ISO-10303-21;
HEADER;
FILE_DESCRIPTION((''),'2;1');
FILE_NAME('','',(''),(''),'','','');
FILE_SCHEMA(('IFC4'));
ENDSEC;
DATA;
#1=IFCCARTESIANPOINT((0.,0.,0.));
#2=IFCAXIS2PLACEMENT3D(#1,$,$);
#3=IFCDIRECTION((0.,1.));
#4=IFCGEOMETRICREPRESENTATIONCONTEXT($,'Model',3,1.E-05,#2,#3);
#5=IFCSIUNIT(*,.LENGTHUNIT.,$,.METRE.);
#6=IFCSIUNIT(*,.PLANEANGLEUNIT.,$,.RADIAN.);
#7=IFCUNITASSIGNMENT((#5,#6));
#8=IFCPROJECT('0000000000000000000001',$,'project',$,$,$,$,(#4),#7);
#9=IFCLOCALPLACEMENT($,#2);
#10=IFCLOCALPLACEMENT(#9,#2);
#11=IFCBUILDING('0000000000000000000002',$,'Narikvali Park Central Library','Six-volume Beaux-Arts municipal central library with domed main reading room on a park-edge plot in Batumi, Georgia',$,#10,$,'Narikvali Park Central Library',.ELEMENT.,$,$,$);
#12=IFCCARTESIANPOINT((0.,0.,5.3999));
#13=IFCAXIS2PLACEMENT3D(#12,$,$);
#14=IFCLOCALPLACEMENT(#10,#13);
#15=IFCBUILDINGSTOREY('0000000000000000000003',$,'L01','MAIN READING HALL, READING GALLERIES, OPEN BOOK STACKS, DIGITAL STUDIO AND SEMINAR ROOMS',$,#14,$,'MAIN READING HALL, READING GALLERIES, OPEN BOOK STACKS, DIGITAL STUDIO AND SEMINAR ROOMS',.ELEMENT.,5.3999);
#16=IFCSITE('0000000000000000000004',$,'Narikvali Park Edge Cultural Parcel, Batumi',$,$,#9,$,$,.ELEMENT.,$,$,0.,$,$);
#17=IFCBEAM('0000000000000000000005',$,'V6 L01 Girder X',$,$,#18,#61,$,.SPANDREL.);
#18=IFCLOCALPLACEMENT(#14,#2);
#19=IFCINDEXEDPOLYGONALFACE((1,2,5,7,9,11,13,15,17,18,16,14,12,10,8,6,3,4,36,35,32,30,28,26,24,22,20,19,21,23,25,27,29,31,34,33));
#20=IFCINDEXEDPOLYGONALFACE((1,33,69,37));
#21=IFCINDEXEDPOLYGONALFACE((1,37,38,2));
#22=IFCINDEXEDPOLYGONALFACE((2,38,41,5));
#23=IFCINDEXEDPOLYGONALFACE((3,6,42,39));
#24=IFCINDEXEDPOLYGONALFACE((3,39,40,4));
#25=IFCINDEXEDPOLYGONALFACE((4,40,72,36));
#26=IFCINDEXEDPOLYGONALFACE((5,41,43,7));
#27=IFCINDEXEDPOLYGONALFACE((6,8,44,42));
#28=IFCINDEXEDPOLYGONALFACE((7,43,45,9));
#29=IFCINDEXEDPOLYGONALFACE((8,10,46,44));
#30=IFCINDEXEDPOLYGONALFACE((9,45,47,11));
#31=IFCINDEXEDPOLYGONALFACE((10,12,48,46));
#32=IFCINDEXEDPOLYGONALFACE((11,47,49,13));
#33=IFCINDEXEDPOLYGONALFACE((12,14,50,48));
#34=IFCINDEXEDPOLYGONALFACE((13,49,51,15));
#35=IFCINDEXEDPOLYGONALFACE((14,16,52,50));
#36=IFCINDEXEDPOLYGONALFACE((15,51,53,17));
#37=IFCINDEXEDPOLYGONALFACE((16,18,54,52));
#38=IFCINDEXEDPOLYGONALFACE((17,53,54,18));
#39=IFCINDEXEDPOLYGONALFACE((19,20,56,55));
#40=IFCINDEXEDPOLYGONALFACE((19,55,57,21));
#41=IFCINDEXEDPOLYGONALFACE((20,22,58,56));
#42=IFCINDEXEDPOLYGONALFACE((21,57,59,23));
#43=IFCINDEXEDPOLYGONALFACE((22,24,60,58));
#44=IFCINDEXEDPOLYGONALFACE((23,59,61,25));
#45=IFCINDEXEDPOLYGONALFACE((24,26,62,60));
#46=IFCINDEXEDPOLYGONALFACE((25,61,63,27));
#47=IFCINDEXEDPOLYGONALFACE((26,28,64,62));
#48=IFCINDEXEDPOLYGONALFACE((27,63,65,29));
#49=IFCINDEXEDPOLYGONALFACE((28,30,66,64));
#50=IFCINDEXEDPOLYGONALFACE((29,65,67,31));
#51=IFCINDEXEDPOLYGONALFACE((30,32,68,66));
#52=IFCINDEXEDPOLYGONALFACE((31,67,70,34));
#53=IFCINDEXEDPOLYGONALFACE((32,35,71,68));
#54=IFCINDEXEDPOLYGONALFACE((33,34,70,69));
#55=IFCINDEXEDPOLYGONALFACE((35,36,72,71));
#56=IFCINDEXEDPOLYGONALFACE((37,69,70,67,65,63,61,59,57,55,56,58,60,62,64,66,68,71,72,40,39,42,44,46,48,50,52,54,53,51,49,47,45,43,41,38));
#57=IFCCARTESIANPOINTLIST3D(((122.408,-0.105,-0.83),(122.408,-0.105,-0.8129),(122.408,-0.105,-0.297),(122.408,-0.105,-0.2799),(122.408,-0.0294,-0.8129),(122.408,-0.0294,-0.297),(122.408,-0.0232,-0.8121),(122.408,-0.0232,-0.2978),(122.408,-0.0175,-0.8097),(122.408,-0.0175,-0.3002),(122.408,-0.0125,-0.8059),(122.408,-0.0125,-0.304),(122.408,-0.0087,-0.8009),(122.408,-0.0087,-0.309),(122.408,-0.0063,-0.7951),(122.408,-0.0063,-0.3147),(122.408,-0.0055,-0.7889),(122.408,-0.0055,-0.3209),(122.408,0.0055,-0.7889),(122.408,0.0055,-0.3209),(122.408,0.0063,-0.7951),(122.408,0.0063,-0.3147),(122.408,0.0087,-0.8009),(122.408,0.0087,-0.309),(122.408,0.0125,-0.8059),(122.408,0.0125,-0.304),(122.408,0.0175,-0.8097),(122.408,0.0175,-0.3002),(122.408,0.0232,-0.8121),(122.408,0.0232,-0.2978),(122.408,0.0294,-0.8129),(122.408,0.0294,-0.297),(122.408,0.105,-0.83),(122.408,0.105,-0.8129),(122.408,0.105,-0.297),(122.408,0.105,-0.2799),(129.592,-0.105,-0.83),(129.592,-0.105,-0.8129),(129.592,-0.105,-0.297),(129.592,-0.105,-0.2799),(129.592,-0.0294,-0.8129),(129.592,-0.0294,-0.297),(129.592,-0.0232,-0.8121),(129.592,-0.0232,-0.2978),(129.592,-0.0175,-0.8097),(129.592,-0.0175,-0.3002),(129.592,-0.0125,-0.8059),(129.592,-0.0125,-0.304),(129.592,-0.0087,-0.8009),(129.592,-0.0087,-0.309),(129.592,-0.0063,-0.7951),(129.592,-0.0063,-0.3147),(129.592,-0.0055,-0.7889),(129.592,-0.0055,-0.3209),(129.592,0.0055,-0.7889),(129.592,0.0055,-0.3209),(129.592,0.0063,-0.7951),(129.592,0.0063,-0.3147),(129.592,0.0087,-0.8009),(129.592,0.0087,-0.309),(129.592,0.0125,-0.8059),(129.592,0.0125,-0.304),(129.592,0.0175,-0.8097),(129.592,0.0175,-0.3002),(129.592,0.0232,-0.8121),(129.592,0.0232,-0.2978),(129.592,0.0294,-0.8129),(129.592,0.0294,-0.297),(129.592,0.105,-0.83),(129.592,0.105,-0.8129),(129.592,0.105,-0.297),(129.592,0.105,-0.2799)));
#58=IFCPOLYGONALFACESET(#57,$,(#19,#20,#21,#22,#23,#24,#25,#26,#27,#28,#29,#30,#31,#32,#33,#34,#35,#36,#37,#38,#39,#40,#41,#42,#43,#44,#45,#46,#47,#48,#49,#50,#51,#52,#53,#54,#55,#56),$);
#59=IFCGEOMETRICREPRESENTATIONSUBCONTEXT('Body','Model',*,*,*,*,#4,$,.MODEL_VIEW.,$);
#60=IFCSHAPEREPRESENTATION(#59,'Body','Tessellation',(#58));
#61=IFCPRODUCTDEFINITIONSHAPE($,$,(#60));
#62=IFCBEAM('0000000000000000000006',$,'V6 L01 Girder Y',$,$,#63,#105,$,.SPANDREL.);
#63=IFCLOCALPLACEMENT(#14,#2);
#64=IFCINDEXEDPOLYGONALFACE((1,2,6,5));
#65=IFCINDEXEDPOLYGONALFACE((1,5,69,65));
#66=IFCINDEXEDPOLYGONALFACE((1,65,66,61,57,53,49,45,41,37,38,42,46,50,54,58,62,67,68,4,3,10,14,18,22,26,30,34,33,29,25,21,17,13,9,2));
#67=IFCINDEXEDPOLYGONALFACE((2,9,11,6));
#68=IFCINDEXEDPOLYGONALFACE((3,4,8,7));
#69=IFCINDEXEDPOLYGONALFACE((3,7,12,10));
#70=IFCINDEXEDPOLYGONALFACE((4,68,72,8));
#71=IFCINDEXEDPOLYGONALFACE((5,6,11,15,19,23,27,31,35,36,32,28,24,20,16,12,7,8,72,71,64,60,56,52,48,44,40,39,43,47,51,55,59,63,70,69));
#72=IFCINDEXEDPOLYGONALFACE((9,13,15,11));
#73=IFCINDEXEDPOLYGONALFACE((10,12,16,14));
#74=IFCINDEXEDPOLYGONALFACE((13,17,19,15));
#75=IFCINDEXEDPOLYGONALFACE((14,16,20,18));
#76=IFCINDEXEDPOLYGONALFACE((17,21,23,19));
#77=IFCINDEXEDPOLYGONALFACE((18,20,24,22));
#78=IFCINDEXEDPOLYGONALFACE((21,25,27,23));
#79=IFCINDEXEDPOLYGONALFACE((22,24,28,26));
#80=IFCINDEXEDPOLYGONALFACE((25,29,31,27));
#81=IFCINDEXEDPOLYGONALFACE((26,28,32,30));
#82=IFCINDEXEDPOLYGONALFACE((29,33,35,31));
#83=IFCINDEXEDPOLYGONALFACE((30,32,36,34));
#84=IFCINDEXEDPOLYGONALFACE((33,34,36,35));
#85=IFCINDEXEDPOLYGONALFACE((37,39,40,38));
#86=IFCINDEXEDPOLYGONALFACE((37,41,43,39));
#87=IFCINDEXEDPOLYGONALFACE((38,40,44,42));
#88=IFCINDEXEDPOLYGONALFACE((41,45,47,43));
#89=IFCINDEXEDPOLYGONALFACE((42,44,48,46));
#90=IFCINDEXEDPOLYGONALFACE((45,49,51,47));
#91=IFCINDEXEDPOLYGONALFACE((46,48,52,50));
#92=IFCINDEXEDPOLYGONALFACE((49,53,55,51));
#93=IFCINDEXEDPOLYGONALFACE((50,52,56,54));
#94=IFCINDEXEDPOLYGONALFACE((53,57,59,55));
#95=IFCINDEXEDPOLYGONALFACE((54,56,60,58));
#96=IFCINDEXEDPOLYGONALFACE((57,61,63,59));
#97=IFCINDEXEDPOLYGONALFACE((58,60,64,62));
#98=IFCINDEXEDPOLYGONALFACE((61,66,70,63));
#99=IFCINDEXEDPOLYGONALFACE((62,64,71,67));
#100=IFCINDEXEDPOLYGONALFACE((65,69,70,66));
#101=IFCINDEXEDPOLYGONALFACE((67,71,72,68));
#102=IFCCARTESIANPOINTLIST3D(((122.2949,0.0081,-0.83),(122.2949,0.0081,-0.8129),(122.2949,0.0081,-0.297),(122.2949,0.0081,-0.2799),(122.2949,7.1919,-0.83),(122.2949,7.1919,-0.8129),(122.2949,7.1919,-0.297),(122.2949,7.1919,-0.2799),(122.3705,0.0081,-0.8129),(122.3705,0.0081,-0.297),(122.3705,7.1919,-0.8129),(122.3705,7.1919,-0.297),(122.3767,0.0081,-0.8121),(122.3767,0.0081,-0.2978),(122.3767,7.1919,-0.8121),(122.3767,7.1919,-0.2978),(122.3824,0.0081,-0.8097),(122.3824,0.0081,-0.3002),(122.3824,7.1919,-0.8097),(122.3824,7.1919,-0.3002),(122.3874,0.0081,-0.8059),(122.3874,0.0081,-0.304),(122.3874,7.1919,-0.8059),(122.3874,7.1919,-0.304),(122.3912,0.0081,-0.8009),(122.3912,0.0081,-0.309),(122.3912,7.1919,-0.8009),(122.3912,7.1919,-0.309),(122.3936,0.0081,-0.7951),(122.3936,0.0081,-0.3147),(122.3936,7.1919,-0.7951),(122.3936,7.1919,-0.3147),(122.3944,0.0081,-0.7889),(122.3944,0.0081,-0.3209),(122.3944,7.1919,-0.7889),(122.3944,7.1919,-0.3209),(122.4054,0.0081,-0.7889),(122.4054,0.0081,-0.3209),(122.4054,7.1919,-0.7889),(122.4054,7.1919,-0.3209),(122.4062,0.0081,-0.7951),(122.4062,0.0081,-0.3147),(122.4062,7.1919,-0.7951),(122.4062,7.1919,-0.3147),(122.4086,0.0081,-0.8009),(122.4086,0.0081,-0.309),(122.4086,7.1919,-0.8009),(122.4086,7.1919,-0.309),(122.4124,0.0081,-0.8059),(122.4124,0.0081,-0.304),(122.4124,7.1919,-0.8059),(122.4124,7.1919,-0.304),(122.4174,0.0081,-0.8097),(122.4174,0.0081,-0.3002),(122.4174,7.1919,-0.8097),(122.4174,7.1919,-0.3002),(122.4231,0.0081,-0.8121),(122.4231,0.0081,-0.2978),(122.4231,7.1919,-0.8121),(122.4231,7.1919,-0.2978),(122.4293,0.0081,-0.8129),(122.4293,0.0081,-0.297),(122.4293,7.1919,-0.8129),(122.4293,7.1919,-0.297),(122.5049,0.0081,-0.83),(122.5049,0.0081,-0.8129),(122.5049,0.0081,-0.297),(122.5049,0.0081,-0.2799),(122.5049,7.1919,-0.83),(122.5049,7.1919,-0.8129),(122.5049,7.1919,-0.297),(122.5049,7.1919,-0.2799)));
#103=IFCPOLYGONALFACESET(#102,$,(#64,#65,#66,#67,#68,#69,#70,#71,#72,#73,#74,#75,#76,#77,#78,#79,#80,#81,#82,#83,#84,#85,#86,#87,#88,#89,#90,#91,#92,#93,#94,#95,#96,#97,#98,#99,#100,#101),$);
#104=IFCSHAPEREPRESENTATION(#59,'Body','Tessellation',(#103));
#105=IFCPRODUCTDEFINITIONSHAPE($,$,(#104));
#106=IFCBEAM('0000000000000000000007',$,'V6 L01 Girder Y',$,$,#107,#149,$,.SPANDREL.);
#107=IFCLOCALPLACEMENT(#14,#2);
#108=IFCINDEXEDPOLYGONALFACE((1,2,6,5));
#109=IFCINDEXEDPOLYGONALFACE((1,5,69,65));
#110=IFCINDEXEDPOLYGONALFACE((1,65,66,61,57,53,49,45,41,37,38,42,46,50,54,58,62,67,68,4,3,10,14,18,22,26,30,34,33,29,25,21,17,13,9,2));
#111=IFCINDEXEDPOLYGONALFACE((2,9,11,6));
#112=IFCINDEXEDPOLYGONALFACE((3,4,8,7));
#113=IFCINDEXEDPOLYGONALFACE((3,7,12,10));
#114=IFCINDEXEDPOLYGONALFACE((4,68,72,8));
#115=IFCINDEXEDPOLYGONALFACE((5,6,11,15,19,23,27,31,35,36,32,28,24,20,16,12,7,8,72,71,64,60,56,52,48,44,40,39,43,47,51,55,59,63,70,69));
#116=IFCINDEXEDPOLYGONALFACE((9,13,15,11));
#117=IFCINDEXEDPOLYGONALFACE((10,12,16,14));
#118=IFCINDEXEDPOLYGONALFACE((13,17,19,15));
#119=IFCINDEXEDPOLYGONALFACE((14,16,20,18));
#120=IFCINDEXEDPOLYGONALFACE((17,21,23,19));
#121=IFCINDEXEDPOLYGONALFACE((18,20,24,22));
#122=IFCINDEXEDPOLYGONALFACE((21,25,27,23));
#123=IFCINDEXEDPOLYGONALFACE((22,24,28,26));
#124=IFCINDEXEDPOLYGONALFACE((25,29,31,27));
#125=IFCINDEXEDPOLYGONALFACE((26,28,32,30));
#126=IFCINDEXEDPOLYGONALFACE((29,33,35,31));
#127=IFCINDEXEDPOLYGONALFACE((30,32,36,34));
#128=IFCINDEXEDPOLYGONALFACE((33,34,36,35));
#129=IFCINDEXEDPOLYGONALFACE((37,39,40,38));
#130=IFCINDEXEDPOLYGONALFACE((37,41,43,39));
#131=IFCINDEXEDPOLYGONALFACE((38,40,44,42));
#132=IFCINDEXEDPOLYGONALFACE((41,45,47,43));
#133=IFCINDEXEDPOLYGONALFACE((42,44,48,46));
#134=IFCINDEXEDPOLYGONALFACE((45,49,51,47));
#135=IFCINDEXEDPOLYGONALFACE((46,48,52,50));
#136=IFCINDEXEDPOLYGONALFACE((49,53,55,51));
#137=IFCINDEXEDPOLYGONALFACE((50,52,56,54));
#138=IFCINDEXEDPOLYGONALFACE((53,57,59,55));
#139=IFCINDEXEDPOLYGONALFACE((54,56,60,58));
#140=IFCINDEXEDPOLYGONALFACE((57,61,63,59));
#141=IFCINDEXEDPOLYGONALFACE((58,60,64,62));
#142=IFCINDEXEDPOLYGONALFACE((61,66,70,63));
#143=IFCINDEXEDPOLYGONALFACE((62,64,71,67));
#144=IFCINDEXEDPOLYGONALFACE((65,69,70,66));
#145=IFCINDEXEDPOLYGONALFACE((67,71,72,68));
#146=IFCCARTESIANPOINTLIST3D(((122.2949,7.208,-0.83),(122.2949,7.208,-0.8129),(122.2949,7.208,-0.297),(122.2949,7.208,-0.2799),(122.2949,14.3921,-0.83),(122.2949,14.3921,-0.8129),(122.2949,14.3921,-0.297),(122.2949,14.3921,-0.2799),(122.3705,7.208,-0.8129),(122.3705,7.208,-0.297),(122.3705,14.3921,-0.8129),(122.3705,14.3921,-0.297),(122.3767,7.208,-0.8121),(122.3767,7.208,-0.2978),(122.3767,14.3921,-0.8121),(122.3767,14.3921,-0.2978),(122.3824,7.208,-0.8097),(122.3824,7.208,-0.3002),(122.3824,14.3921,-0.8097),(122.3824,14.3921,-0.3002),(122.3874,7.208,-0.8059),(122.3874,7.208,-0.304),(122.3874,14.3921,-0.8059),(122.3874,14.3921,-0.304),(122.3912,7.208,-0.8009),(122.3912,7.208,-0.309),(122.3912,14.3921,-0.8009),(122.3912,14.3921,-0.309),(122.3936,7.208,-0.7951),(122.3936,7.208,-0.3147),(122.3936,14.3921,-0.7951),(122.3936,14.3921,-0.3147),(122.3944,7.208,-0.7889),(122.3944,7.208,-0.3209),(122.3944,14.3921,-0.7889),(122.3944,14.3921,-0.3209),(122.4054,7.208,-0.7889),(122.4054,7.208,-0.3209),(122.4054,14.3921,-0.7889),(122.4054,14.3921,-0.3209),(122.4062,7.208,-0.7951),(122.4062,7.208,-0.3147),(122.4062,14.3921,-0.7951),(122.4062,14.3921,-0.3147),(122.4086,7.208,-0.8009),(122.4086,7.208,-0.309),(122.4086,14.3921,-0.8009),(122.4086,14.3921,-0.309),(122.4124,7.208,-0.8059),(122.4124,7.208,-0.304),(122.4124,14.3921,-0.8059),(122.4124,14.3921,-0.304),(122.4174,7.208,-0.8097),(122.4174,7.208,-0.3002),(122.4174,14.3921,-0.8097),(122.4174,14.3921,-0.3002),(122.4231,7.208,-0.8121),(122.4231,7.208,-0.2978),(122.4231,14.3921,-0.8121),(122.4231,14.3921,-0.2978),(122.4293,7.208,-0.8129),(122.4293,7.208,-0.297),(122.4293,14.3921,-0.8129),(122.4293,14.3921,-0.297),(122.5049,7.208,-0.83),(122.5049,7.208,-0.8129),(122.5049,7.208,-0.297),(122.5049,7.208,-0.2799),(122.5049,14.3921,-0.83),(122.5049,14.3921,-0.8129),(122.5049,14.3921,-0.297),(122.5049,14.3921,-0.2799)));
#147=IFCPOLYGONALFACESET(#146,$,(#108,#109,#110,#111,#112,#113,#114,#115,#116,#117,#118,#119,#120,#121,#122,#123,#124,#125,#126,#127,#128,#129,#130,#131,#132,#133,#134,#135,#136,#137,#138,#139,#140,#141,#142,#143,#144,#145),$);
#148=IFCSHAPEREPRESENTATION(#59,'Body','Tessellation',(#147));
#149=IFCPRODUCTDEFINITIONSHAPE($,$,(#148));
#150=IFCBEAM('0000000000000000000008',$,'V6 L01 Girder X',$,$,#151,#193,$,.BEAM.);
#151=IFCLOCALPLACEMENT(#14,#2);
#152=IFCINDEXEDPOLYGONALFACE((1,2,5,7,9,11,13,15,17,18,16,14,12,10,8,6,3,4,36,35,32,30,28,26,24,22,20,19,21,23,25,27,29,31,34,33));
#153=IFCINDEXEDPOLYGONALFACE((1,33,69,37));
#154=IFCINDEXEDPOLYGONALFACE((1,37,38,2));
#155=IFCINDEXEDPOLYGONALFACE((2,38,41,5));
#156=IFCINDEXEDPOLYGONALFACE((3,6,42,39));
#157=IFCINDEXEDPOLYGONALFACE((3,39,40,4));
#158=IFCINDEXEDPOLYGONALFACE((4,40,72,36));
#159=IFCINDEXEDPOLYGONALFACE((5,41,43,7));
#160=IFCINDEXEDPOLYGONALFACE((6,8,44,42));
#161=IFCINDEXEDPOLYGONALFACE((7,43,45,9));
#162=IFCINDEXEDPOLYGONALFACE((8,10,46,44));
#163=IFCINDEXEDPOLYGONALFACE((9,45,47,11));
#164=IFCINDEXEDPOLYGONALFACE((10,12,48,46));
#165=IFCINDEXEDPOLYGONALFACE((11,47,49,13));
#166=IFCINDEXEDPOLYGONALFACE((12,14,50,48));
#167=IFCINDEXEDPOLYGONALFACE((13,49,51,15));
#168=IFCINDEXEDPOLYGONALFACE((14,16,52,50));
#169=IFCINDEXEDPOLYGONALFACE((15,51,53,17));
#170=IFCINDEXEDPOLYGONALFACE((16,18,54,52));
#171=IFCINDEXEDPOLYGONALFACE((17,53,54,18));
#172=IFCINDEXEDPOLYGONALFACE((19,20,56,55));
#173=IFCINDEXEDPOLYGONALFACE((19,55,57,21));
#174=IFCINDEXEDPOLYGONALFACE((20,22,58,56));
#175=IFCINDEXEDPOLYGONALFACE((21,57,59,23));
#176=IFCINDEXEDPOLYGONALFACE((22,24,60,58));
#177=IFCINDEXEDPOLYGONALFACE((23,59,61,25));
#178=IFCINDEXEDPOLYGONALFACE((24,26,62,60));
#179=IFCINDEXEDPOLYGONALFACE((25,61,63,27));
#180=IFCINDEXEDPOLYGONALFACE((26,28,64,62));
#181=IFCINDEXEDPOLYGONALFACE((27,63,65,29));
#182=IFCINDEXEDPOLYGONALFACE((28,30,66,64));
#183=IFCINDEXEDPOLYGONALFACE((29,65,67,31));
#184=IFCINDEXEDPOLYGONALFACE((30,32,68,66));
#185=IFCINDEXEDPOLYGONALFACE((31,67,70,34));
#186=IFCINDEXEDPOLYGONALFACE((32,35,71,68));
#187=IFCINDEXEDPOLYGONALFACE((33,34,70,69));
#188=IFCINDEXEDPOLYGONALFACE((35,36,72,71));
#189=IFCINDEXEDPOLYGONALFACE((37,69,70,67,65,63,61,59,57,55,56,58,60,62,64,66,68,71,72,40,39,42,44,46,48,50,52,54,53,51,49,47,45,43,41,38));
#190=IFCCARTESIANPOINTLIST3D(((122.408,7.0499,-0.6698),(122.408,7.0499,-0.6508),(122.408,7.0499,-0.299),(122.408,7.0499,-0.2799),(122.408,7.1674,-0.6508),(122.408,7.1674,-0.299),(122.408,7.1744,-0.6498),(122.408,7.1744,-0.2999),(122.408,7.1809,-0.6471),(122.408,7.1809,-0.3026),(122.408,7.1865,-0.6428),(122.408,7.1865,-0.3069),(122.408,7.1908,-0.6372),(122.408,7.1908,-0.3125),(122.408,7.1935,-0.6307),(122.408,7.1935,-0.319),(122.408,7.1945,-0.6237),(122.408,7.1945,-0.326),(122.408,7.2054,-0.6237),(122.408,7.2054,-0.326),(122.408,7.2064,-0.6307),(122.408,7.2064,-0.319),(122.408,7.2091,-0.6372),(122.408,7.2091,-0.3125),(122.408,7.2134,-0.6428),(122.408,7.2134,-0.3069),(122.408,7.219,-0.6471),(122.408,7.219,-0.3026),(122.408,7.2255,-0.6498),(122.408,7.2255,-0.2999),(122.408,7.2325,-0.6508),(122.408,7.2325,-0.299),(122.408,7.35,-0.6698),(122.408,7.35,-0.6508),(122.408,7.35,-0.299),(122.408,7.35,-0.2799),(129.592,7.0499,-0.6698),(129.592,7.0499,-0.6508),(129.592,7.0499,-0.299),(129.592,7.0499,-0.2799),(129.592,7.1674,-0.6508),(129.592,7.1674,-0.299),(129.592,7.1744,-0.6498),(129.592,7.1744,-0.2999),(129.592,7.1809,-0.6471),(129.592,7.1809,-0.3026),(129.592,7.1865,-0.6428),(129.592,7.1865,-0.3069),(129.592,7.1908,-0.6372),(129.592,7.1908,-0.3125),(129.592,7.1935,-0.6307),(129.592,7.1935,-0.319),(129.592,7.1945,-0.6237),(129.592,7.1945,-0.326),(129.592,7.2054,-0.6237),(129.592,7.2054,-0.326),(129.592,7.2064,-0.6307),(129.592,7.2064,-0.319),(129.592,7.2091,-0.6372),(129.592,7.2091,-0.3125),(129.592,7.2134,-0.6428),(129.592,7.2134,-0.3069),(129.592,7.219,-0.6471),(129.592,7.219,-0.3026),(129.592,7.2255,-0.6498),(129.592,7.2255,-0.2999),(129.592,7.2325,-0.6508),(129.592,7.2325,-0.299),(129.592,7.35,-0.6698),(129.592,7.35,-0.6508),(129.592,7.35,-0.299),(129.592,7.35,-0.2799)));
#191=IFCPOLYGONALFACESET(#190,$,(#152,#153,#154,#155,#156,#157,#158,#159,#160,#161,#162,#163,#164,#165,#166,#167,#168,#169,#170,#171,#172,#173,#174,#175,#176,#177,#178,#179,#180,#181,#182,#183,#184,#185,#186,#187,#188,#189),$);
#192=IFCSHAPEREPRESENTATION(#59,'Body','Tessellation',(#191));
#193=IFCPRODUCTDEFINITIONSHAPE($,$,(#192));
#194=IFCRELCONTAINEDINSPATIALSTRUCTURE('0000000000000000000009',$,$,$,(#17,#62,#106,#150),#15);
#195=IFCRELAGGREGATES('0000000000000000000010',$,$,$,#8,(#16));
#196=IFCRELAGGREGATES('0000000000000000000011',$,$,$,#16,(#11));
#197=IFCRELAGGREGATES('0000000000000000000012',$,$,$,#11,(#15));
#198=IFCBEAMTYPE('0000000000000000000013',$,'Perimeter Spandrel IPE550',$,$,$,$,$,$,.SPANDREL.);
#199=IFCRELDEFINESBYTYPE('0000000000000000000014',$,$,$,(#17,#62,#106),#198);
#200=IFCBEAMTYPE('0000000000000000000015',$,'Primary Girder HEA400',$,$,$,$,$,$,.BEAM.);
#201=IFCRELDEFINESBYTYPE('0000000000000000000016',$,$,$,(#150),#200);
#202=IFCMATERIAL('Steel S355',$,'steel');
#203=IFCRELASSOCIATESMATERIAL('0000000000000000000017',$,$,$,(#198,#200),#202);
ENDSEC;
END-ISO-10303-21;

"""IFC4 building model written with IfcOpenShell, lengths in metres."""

from ifc_helpers import new_model, si_unit, direction, frame, origin, origin_2d, place, context, subcontext, project, spatial, i_section, extrude, material, material_profile, profile_set, type_object, element, save


model = new_model("IFC4")

# Units and contexts
model_context = context("Model", 3, precision=1e-05, world=origin(), true_north=direction((0.0, 1.0)))
body_context = subcontext(model_context, "Body", "Model", "MODEL_VIEW")
ifc_project = project(units=[si_unit("LENGTHUNIT", "METRE"), si_unit("PLANEANGLEUNIT", "RADIAN")], contexts=[model_context])

# Site, building, storey
site_placement = place(None, origin())
site = spatial("IfcSite", under=ifc_project, at=site_placement, Name="Narikvali Park Edge Cultural Parcel, Batumi", CompositionType="ELEMENT", RefElevation=0.0)
building_placement = place(site_placement, origin())
building = spatial("IfcBuilding", under=site, at=building_placement, Name="Narikvali Park Central Library", Description="Six-volume Beaux-Arts municipal central library with domed main reading room on a park-edge plot in Batumi, Georgia", LongName="Narikvali Park Central Library", CompositionType="ELEMENT")
storey_placement = place(building_placement, frame((0.0, 0.0, 5.3999)))
storey = spatial("IfcBuildingStorey", under=building, at=storey_placement, Name="L01", Description="MAIN READING HALL, READING GALLERIES, OPEN BOOK STACKS, DIGITAL STUDIO AND SEMINAR ROOMS", LongName="MAIN READING HALL, READING GALLERIES, OPEN BOOK STACKS, DIGITAL STUDIO AND SEMINAR ROOMS", CompositionType="ELEMENT", Elevation=5.3999)

# Shared definitions
ifc_material_1 = material(Name="Steel S355", Category="steel")

# Beams
ifc_material_profile_1 = material_profile(ifc_material_1, i_section(OverallWidth=0.21, OverallDepth=0.55, WebThickness=0.011, FlangeThickness=0.0171, FilletRadius=0.0239, at=origin_2d()), Name="IPE 550")
ifc_profile_set_1 = profile_set([ifc_material_profile_1], Name="Steel S355")
beam_type_1 = type_object("IfcBeamType", Name="Perimeter Spandrel IPE550", PredefinedType="SPANDREL", material=ifc_profile_set_1)
beam_1_placement = place(storey_placement, frame((122.408, 0.0, -0.5549), z_axis=(1.0, 0.0, 0.0), x_axis=(0.0, 1.0, 0.0)))
element("IfcBeam", 1, at=beam_1_placement, inside=storey, type_object=beam_type_1, Name="V6 L01 Girder X", PredefinedType="SPANDREL", context=body_context, shape_type="SweptSolid", body=[
    extrude(i_section(OverallWidth=0.21, OverallDepth=0.55, WebThickness=0.011, FlangeThickness=0.0171, FilletRadius=0.0239, at=origin_2d()), origin(), (0.0, 0.0, 1.0), 7.1841),
])
beam_2_placement = place(storey_placement, frame((122.3999, 0.0081, -0.5549), z_axis=(0.0, 1.0, 0.0), x_axis=(-1.0, 0.0, 0.0)))
element("IfcBeam", 2, at=beam_2_placement, inside=storey, type_object=beam_type_1, Name="V6 L01 Girder Y", PredefinedType="SPANDREL", context=body_context, shape_type="SweptSolid", body=[
    extrude(i_section(OverallWidth=0.21, OverallDepth=0.55, WebThickness=0.011, FlangeThickness=0.0171, FilletRadius=0.0239, at=origin_2d()), origin(), (0.0, 0.0, 1.0), 7.1838),
])
beam_3_placement = place(storey_placement, frame((122.3999, 7.208, -0.5549), z_axis=(0.0, 1.0, 0.0), x_axis=(-1.0, 0.0, 0.0)))
element("IfcBeam", 3, at=beam_3_placement, inside=storey, type_object=beam_type_1, Name="V6 L01 Girder Y", PredefinedType="SPANDREL", context=body_context, shape_type="SweptSolid", body=[
    extrude(i_section(OverallWidth=0.21, OverallDepth=0.55, WebThickness=0.011, FlangeThickness=0.0171, FilletRadius=0.0239, at=origin_2d()), origin(), (0.0, 0.0, 1.0), 7.1841),
])
ifc_material_profile_2 = material_profile(ifc_material_1, i_section(OverallWidth=0.3, OverallDepth=0.3899, WebThickness=0.011, FlangeThickness=0.019, FilletRadius=0.0271, at=origin_2d()), Name="HEA 400")
ifc_profile_set_2 = profile_set([ifc_material_profile_2], Name="Steel S355")
beam_type_2 = type_object("IfcBeamType", Name="Primary Girder HEA400", PredefinedType="BEAM", material=ifc_profile_set_2)
beam_4_placement = place(storey_placement, frame((122.408, 7.2, -0.4749), z_axis=(1.0, 0.0, 0.0), x_axis=(0.0, 1.0, 0.0)))
element("IfcBeam", 4, at=beam_4_placement, inside=storey, type_object=beam_type_2, Name="V6 L01 Girder X", PredefinedType="BEAM", context=body_context, shape_type="SweptSolid", body=[
    extrude(i_section(OverallWidth=0.3, OverallDepth=0.3899, WebThickness=0.011, FlangeThickness=0.019, FilletRadius=0.0271, at=origin_2d()), origin(), (0.0, 0.0, 1.0), 7.1841),
])

save(model, "model.ifc")
